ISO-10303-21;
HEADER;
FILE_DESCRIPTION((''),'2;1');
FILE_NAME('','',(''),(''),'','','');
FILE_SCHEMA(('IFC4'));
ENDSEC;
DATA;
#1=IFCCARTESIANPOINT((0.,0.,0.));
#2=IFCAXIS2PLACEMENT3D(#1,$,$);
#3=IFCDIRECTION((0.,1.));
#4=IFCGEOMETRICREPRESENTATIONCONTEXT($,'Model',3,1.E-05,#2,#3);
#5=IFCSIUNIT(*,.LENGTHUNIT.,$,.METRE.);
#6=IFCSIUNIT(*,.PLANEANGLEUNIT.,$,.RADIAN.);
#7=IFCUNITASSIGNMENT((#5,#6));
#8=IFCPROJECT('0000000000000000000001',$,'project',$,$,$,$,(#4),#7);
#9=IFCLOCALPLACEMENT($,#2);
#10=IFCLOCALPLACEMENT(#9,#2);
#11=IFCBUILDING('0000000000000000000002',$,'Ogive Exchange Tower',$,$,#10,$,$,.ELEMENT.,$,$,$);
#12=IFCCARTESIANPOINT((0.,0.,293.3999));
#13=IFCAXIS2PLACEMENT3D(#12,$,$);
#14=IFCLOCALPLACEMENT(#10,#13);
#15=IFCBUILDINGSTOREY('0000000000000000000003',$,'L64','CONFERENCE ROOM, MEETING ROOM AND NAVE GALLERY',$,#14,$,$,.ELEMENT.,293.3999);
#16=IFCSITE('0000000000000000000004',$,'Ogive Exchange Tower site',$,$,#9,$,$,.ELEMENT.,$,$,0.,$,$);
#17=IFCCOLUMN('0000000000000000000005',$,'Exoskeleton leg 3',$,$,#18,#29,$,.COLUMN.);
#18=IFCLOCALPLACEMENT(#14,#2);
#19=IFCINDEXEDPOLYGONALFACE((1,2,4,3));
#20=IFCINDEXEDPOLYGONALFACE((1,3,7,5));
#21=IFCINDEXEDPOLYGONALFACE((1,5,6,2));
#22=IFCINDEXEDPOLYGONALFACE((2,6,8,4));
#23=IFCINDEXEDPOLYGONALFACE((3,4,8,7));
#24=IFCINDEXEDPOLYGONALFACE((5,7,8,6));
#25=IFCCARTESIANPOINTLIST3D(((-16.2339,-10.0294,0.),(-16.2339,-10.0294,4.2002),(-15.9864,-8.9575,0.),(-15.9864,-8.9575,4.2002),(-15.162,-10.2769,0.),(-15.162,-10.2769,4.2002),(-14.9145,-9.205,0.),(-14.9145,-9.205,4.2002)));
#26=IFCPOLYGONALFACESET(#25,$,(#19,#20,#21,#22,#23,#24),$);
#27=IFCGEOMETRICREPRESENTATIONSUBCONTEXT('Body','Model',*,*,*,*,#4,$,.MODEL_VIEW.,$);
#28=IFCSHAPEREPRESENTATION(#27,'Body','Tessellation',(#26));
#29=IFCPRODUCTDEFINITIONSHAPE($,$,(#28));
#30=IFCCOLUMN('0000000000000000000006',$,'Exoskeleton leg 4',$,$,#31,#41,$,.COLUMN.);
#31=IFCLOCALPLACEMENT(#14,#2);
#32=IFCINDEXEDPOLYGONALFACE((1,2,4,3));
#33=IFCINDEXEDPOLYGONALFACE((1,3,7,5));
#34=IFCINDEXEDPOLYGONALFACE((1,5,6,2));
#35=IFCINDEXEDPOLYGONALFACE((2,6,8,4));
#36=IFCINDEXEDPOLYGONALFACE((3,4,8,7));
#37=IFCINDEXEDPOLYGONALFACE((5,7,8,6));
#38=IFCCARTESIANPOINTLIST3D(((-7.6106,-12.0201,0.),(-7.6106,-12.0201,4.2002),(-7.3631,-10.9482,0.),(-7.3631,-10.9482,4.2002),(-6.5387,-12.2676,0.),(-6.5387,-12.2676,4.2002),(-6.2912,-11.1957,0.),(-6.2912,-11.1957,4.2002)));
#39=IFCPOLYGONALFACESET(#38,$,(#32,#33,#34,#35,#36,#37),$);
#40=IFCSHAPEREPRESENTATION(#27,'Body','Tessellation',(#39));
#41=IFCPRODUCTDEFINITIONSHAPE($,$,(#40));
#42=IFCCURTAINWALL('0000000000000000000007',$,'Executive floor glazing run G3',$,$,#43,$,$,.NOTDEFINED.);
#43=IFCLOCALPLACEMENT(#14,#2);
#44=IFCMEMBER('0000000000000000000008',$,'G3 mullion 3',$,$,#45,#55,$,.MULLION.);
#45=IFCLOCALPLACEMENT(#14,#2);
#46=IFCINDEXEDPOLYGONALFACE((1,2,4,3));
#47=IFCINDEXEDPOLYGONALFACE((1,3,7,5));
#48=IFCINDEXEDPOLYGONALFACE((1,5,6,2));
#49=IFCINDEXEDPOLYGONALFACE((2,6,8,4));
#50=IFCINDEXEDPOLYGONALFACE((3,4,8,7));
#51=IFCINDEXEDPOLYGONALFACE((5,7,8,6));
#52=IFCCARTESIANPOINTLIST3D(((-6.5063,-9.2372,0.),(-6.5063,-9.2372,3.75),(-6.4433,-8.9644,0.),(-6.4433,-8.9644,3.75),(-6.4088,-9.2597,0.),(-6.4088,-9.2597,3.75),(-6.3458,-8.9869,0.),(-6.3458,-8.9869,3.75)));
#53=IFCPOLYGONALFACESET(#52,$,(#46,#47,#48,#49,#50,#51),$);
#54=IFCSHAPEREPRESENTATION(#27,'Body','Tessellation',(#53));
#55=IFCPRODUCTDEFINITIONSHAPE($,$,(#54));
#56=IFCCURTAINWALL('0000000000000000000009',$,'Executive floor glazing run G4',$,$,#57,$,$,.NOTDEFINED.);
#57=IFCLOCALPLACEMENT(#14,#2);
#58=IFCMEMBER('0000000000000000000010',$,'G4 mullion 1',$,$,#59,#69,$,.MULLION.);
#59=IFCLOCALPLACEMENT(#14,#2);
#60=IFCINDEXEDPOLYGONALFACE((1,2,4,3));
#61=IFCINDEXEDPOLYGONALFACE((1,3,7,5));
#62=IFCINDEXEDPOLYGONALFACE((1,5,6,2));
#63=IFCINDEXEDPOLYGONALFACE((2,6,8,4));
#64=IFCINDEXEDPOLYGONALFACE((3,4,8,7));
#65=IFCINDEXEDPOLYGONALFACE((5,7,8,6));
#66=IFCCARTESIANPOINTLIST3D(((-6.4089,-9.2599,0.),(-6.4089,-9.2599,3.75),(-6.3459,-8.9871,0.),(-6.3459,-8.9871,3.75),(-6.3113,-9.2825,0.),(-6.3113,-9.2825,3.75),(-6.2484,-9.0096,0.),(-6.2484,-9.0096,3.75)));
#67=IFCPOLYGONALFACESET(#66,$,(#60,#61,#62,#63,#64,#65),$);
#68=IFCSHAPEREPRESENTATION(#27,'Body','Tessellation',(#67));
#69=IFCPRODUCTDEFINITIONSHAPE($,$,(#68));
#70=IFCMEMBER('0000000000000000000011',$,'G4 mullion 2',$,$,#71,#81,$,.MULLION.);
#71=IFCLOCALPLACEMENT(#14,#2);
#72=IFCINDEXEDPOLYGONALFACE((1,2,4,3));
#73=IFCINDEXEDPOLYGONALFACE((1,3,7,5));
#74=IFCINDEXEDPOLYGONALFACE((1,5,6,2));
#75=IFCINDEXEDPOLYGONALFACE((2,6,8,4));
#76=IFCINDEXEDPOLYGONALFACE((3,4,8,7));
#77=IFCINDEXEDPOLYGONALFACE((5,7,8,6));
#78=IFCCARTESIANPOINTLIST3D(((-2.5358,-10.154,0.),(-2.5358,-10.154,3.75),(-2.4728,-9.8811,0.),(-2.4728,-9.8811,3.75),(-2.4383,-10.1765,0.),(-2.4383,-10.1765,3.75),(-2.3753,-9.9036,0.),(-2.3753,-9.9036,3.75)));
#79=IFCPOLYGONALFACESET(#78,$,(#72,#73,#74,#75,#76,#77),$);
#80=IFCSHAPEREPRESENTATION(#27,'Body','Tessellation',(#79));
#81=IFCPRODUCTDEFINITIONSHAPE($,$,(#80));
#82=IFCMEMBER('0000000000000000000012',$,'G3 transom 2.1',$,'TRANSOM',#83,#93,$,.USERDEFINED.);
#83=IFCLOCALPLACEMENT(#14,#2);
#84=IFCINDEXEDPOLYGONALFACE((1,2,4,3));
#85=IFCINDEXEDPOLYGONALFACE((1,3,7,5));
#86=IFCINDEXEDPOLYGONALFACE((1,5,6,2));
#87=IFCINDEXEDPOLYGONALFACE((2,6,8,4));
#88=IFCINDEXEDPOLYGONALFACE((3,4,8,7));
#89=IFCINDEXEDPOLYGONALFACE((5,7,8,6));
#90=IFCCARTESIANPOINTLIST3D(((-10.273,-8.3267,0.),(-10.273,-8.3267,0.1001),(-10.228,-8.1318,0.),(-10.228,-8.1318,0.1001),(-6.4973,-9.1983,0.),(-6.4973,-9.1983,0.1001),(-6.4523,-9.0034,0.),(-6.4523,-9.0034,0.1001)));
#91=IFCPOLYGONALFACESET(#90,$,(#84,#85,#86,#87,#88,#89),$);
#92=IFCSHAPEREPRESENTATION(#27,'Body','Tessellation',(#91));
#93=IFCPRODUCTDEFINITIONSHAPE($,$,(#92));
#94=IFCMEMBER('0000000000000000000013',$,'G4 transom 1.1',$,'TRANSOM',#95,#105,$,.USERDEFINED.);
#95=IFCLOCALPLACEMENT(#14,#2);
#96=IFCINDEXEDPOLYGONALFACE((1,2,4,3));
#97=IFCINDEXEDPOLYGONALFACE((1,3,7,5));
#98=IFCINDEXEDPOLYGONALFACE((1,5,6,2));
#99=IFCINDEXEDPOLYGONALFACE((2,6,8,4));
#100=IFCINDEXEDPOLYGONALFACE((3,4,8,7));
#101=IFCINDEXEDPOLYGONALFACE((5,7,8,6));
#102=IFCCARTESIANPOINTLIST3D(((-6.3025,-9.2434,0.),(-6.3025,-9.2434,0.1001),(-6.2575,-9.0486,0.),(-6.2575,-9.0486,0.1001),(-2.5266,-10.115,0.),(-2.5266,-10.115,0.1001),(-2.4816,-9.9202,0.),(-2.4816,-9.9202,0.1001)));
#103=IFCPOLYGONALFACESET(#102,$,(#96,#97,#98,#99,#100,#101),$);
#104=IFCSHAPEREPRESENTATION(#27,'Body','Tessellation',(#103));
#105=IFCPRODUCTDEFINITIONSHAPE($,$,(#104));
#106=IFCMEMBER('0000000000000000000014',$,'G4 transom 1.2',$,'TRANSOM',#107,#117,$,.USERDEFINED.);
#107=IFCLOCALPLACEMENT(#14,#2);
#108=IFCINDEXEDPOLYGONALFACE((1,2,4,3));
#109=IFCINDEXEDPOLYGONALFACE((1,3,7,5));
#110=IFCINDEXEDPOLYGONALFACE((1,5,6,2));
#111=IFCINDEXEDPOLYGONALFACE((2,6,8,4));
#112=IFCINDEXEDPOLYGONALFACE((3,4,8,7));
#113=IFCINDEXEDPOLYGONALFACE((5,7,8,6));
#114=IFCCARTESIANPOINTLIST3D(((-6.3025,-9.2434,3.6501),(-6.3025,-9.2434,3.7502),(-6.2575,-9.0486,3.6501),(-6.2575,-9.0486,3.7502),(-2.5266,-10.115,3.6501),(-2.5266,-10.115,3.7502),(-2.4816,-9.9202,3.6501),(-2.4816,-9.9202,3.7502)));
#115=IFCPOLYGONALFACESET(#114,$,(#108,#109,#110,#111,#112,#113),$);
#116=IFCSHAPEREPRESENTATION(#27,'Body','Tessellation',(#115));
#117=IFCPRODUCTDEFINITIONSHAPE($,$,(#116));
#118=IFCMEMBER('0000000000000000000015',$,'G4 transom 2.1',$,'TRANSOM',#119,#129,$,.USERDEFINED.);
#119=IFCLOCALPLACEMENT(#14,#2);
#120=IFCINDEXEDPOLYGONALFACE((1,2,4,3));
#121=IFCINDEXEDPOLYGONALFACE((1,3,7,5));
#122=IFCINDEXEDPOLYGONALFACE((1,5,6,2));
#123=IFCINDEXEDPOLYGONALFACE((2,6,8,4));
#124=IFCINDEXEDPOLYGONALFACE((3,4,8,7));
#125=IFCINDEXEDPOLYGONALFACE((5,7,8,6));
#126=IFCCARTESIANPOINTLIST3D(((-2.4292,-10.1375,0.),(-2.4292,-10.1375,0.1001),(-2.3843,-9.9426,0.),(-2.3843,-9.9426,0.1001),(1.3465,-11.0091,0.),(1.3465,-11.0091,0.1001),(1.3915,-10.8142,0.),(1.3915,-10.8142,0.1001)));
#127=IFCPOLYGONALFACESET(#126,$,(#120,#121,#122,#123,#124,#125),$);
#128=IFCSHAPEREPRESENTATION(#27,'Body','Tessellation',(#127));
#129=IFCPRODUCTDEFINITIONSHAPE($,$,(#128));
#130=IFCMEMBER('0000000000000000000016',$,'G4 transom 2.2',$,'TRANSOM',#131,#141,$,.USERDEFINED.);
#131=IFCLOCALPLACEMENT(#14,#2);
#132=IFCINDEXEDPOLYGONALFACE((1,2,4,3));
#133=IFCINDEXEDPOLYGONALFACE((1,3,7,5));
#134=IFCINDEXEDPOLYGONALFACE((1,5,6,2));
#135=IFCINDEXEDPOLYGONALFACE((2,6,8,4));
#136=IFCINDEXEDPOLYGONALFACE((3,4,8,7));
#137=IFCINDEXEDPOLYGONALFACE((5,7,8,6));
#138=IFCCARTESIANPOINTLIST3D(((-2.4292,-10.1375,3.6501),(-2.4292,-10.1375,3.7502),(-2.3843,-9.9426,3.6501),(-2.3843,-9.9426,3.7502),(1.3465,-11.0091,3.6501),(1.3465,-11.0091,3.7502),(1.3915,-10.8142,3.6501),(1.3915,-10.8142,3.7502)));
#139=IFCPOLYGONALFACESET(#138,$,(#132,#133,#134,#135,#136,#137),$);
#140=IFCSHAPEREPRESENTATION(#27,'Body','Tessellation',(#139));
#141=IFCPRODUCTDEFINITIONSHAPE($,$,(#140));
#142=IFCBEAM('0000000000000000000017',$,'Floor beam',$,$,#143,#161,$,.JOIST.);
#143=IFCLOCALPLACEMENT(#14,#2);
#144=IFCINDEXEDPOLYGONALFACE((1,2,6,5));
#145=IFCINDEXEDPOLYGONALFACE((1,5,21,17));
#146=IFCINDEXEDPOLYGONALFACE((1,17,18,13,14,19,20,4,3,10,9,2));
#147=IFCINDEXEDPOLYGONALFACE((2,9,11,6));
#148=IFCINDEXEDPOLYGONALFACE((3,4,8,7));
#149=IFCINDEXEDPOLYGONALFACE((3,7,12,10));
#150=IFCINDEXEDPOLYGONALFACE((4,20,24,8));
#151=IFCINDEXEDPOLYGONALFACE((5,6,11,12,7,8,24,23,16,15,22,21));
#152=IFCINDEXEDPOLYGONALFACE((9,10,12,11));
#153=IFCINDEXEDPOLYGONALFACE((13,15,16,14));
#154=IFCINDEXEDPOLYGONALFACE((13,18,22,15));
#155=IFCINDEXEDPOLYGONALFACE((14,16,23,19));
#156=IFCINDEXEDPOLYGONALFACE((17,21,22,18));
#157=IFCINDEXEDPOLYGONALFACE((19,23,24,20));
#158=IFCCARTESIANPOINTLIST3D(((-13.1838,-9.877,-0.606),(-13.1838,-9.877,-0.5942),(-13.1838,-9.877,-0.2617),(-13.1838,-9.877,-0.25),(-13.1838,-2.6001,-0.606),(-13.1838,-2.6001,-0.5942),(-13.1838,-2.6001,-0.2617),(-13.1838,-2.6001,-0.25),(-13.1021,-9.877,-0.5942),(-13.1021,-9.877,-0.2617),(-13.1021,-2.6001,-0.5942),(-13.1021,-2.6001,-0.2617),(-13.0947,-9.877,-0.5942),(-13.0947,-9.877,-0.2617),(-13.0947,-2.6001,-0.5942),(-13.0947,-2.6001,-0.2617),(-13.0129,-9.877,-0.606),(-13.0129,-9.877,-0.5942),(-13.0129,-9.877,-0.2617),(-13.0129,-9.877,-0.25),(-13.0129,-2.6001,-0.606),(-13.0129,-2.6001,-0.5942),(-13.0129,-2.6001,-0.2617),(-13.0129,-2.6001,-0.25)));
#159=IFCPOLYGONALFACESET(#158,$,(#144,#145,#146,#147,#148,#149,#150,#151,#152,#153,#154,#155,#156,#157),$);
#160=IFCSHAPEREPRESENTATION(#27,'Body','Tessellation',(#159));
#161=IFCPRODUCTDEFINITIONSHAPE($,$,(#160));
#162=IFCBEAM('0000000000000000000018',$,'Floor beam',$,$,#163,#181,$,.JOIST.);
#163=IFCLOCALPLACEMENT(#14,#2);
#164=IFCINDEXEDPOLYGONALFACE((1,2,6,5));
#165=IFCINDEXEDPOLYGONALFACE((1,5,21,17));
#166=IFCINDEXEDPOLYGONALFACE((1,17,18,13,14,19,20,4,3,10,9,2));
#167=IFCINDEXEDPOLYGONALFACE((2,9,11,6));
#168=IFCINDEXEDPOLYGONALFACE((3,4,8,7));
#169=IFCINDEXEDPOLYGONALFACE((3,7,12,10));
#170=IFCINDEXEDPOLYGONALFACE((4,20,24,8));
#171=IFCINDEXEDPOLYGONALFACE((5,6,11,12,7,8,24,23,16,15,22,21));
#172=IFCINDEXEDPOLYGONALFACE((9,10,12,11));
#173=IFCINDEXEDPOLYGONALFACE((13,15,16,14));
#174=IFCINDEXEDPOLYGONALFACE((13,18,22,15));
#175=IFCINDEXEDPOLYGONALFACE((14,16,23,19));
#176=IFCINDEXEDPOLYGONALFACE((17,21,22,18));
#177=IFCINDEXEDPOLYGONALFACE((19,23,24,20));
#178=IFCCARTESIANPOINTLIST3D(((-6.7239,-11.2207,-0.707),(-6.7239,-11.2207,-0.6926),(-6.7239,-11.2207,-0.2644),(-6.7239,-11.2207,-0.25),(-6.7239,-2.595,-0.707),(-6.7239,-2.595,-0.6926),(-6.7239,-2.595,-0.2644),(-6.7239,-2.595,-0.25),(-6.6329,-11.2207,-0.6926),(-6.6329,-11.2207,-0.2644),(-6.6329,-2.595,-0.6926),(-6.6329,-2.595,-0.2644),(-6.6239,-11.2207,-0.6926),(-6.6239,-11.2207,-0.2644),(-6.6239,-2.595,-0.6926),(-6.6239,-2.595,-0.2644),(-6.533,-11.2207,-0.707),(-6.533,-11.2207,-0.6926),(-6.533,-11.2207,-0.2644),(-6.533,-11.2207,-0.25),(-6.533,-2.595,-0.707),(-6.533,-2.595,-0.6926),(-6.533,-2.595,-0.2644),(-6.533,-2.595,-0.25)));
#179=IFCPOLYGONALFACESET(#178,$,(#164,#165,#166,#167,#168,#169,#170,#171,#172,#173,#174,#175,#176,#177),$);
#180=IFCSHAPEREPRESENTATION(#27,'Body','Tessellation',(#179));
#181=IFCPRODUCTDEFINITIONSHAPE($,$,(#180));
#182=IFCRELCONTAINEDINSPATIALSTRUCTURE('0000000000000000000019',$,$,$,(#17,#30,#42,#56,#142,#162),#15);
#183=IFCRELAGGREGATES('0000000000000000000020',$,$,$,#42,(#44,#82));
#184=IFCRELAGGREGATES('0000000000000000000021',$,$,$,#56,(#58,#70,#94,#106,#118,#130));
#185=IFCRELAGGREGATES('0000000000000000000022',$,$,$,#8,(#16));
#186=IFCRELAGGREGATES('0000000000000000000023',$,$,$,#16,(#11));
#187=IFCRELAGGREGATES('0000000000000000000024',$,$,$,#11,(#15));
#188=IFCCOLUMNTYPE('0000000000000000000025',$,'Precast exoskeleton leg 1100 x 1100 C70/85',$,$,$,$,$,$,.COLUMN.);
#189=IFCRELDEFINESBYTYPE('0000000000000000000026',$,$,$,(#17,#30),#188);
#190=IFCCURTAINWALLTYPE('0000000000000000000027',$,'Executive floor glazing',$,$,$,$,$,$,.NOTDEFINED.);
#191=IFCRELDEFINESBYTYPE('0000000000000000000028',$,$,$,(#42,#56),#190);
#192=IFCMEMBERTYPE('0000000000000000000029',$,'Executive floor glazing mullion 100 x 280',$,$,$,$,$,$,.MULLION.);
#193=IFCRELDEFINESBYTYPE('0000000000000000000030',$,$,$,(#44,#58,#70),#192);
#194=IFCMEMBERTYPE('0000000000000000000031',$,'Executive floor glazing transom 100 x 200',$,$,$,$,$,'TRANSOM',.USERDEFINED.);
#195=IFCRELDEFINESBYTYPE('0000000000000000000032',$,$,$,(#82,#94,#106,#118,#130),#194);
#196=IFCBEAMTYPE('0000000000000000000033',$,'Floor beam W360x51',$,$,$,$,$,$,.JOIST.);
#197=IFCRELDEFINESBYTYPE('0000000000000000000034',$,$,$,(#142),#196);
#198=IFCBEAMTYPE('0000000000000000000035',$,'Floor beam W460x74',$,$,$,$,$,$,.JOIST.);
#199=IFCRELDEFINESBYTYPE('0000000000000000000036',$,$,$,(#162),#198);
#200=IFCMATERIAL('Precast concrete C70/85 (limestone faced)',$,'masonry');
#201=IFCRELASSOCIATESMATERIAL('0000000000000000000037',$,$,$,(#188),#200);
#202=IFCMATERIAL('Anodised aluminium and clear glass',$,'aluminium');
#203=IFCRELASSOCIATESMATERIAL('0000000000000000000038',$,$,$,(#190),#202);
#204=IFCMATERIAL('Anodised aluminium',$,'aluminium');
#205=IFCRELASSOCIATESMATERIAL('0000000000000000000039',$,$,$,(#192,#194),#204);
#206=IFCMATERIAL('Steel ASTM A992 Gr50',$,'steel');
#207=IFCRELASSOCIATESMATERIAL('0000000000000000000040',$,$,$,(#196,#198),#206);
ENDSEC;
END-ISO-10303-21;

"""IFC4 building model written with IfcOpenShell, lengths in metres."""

from ifc_helpers import new_model, si_unit, direction, frame, origin, origin_2d, place, context, subcontext, project, spatial, rectangle, i_section, extrude, material, material_profile, profile_set, type_object, element, aggregate, save


model = new_model("IFC4")

# Units and contexts
model_context = context("Model", 3, precision=1e-05, world=origin(), true_north=direction((0.0, 1.0)))
body_context = subcontext(model_context, "Body", "Model", "MODEL_VIEW")
ifc_project = project(units=[si_unit("LENGTHUNIT", "METRE"), si_unit("PLANEANGLEUNIT", "RADIAN")], contexts=[model_context])

# Site, building, storey
site_placement = place(None, origin())
site = spatial("IfcSite", under=ifc_project, at=site_placement, Name="Ogive Exchange Tower site", CompositionType="ELEMENT", RefElevation=0.0)
building_placement = place(site_placement, origin())
building = spatial("IfcBuilding", under=site, at=building_placement, Name="Ogive Exchange Tower", CompositionType="ELEMENT")
storey_placement = place(building_placement, frame((0.0, 0.0, 293.3999)))
storey = spatial("IfcBuildingStorey", under=building, at=storey_placement, Name="L64", Description="CONFERENCE ROOM, MEETING ROOM AND NAVE GALLERY", CompositionType="ELEMENT", Elevation=293.3999)

# Columns
ifc_material_1 = material(Name="Precast concrete C70/85 (limestone faced)", Category="masonry")
ifc_material_profile_1 = material_profile(ifc_material_1, rectangle(XDim=1.1001, YDim=1.1001, at=origin_2d()), Name="1100 x 1100")
ifc_profile_set_1 = profile_set([ifc_material_profile_1], Name="Precast concrete C70/85 (limestone faced)")
column_type = type_object("IfcColumnType", Name="Precast exoskeleton leg 1100 x 1100 C70/85", PredefinedType="COLUMN", material=ifc_profile_set_1)
for number, where, z_axis, x_axis, name in (
    (1, (-15.5742, -9.6172, 0.0), (0.0, 0.0, 1.0), (0.97437, -0.224951, 0.0), "Exoskeleton leg 3"),
    (2, (-6.9509, -11.6079, 0.0), (0.0, 0.0, 1.0), (0.97437, -0.224951, 0.0), "Exoskeleton leg 4"),
):
    element("IfcColumn", number, at=place(storey_placement, frame(where, z_axis=z_axis, x_axis=x_axis)), inside=storey, type_object=column_type, Name=name, PredefinedType="COLUMN", context=body_context, shape_type="SweptSolid", body=[
        extrude(rectangle(XDim=1.1001, YDim=1.1001, at=origin_2d()), origin(), (0.0, 0.0, 1.0), 4.2002),
    ])

# Curtain wall, member
ifc_material_2 = material(Name="Anodised aluminium and clear glass", Category="aluminium")
curtain_wall_type = type_object("IfcCurtainWallType", Name="Executive floor glazing", PredefinedType="NOTDEFINED", material=ifc_material_2)
curtain_wall_1_placement = place(storey_placement, origin())
curtain_wall_1 = element("IfcCurtainWall", 3, at=curtain_wall_1_placement, inside=storey, type_object=curtain_wall_type, Name="Executive floor glazing run G3", PredefinedType="NOTDEFINED")
ifc_material_3 = material(Name="Anodised aluminium", Category="aluminium")
ifc_material_profile_2 = material_profile(ifc_material_3, rectangle(XDim=0.28, YDim=0.1001, at=origin_2d()), Name="AL 100x280")
ifc_profile_set_2 = profile_set([ifc_material_profile_2], Name="Anodised aluminium")
member_type_1 = type_object("IfcMemberType", Name="Executive floor glazing mullion 100 x 280", PredefinedType="MULLION", material=ifc_profile_set_2)
member_1_placement = place(storey_placement, frame((-6.426, -9.1121, 0.0), z_axis=(0.0, 0.0, 1.0), x_axis=(0.224958, 0.974368, 0.0)))
member_1 = element("IfcMember", 4, at=member_1_placement, type_object=member_type_1, Name="G3 mullion 3", PredefinedType="MULLION", context=body_context, shape_type="SweptSolid", body=[
    extrude(rectangle(XDim=0.28, YDim=0.1001, at=origin_2d()), origin(), (0.0, 0.0, 1.0), 3.75),
])

# Curtain wall, members
curtain_wall_2_placement = place(storey_placement, origin())
curtain_wall_2 = element("IfcCurtainWall", 5, at=curtain_wall_2_placement, inside=storey, type_object=curtain_wall_type, Name="Executive floor glazing run G4", PredefinedType="NOTDEFINED")
member_2_placement = place(storey_placement, frame((-6.3286, -9.1348, 0.0), z_axis=(0.0, 0.0, 1.0), x_axis=(0.224944, 0.974372, 0.0)))
member_2 = element("IfcMember", 6, at=member_2_placement, type_object=member_type_1, Name="G4 mullion 1", PredefinedType="MULLION", context=body_context, shape_type="SweptSolid", body=[
    extrude(rectangle(XDim=0.28, YDim=0.1001, at=origin_2d()), origin(), (0.0, 0.0, 1.0), 3.75),
])
member_3_placement = place(storey_placement, frame((-2.4556, -10.0288, 0.0), z_axis=(0.0, 0.0, 1.0), x_axis=(0.224944, 0.974372, 0.0)))
member_3 = element("IfcMember", 7, at=member_3_placement, type_object=member_type_1, Name="G4 mullion 2", PredefinedType="MULLION", context=body_context, shape_type="SweptSolid", body=[
    extrude(rectangle(XDim=0.28, YDim=0.1001, at=origin_2d()), origin(), (0.0, 0.0, 1.0), 3.75),
])

# Members
ifc_material_profile_3 = material_profile(ifc_material_3, rectangle(XDim=0.2, YDim=0.1001, at=origin_2d()), Name="AL 100x200")
ifc_profile_set_3 = profile_set([ifc_material_profile_3], Name="Anodised aluminium")
member_type_2 = type_object("IfcMemberType", Name="Executive floor glazing transom 100 x 200", ElementType="TRANSOM", PredefinedType="USERDEFINED", material=ifc_profile_set_3)
member_4_placement = place(storey_placement, frame((-10.2505, -8.2292, 0.05), z_axis=(0.974375, -0.224929, 0.0), x_axis=(0.224929, 0.974375, 0.0)))
member_4 = element("IfcMember", 8, at=member_4_placement, type_object=member_type_2, Name="G3 transom 2.1", ObjectType="TRANSOM", PredefinedType="USERDEFINED", context=body_context, shape_type="SweptSolid", body=[
    extrude(rectangle(XDim=0.2, YDim=0.1001, at=origin_2d()), origin(), (0.0, 0.0, 1.0), 3.875),
])
member_5_placement = place(storey_placement, frame((-6.28, -9.146, 0.05), z_axis=(0.974378, -0.224915, 0.0), x_axis=(0.224915, 0.974378, 0.0)))
member_5 = element("IfcMember", 9, at=member_5_placement, type_object=member_type_2, Name="G4 transom 1.1", ObjectType="TRANSOM", PredefinedType="USERDEFINED", context=body_context, shape_type="SweptSolid", body=[
    extrude(rectangle(XDim=0.2, YDim=0.1001, at=origin_2d()), origin(), (0.0, 0.0, 1.0), 3.8752),
])
member_6_placement = place(storey_placement, frame((-6.28, -9.146, 3.7002), z_axis=(0.974378, -0.224915, 0.0), x_axis=(0.224915, 0.974378, 0.0)))
member_6 = element("IfcMember", 10, at=member_6_placement, type_object=member_type_2, Name="G4 transom 1.2", ObjectType="TRANSOM", PredefinedType="USERDEFINED", context=body_context, shape_type="SweptSolid", body=[
    extrude(rectangle(XDim=0.2, YDim=0.1001, at=origin_2d()), origin(), (0.0, 0.0, 1.0), 3.8752),
])
member_7_placement = place(storey_placement, frame((-2.4067, -10.04, 0.05), z_axis=(0.974375, -0.224929, 0.0), x_axis=(0.224929, 0.974375, 0.0)))
member_7 = element("IfcMember", 11, at=member_7_placement, type_object=member_type_2, Name="G4 transom 2.1", ObjectType="TRANSOM", PredefinedType="USERDEFINED", context=body_context, shape_type="SweptSolid", body=[
    extrude(rectangle(XDim=0.2, YDim=0.1001, at=origin_2d()), origin(), (0.0, 0.0, 1.0), 3.875),
])
member_8_placement = place(storey_placement, frame((-2.4067, -10.04, 3.7002), z_axis=(0.974375, -0.224929, 0.0), x_axis=(0.224929, 0.974375, 0.0)))
member_8 = element("IfcMember", 12, at=member_8_placement, type_object=member_type_2, Name="G4 transom 2.2", ObjectType="TRANSOM", PredefinedType="USERDEFINED", context=body_context, shape_type="SweptSolid", body=[
    extrude(rectangle(XDim=0.2, YDim=0.1001, at=origin_2d()), origin(), (0.0, 0.0, 1.0), 3.875),
])

# Beams
ifc_material_4 = material(Name="Steel ASTM A992 Gr50", Category="steel")
ifc_material_profile_4 = material_profile(ifc_material_4, i_section(OverallWidth=0.1709, OverallDepth=0.356, WebThickness=0.0073, FlangeThickness=0.0117, at=origin_2d()), Name="W360x51")
ifc_profile_set_4 = profile_set([ifc_material_profile_4], Name="Steel ASTM A992 Gr50")
beam_type_1 = type_object("IfcBeamType", Name="Floor beam W360x51", PredefinedType="JOIST", material=ifc_profile_set_4)
beam_1_placement = place(storey_placement, frame((-13.0984, -9.877, -0.428), z_axis=(0.0, 1.0, 0.0), x_axis=(-1.0, 0.0, 0.0)))
element("IfcBeam", 13, at=beam_1_placement, inside=storey, type_object=beam_type_1, Name="Floor beam", PredefinedType="JOIST", context=body_context, shape_type="SweptSolid", body=[
    extrude(i_section(OverallWidth=0.1709, OverallDepth=0.356, WebThickness=0.0073, FlangeThickness=0.0117, at=origin_2d()), origin(), (0.0, 0.0, 1.0), 7.2769),
])
ifc_material_profile_5 = material_profile(ifc_material_4, i_section(OverallWidth=0.1909, OverallDepth=0.457, WebThickness=0.009, FlangeThickness=0.0144, at=origin_2d()), Name="W460x74")
ifc_profile_set_5 = profile_set([ifc_material_profile_5], Name="Steel ASTM A992 Gr50")
beam_type_2 = type_object("IfcBeamType", Name="Floor beam W460x74", PredefinedType="JOIST", material=ifc_profile_set_5)
beam_2_placement = place(storey_placement, frame((-6.6284, -11.2207, -0.4785), z_axis=(0.0, 1.0, 0.0), x_axis=(-1.0, 0.0, 0.0)))
element("IfcBeam", 14, at=beam_2_placement, inside=storey, type_object=beam_type_2, Name="Floor beam", PredefinedType="JOIST", context=body_context, shape_type="SweptSolid", body=[
    extrude(i_section(OverallWidth=0.1909, OverallDepth=0.457, WebThickness=0.009, FlangeThickness=0.0144, at=origin_2d()), origin(), (0.0, 0.0, 1.0), 8.6257),
])

aggregate(curtain_wall_1, [member_1, member_4])
aggregate(curtain_wall_2, [member_2, member_3, member_5, member_6, member_7, member_8])

save(model, "model.ifc")
